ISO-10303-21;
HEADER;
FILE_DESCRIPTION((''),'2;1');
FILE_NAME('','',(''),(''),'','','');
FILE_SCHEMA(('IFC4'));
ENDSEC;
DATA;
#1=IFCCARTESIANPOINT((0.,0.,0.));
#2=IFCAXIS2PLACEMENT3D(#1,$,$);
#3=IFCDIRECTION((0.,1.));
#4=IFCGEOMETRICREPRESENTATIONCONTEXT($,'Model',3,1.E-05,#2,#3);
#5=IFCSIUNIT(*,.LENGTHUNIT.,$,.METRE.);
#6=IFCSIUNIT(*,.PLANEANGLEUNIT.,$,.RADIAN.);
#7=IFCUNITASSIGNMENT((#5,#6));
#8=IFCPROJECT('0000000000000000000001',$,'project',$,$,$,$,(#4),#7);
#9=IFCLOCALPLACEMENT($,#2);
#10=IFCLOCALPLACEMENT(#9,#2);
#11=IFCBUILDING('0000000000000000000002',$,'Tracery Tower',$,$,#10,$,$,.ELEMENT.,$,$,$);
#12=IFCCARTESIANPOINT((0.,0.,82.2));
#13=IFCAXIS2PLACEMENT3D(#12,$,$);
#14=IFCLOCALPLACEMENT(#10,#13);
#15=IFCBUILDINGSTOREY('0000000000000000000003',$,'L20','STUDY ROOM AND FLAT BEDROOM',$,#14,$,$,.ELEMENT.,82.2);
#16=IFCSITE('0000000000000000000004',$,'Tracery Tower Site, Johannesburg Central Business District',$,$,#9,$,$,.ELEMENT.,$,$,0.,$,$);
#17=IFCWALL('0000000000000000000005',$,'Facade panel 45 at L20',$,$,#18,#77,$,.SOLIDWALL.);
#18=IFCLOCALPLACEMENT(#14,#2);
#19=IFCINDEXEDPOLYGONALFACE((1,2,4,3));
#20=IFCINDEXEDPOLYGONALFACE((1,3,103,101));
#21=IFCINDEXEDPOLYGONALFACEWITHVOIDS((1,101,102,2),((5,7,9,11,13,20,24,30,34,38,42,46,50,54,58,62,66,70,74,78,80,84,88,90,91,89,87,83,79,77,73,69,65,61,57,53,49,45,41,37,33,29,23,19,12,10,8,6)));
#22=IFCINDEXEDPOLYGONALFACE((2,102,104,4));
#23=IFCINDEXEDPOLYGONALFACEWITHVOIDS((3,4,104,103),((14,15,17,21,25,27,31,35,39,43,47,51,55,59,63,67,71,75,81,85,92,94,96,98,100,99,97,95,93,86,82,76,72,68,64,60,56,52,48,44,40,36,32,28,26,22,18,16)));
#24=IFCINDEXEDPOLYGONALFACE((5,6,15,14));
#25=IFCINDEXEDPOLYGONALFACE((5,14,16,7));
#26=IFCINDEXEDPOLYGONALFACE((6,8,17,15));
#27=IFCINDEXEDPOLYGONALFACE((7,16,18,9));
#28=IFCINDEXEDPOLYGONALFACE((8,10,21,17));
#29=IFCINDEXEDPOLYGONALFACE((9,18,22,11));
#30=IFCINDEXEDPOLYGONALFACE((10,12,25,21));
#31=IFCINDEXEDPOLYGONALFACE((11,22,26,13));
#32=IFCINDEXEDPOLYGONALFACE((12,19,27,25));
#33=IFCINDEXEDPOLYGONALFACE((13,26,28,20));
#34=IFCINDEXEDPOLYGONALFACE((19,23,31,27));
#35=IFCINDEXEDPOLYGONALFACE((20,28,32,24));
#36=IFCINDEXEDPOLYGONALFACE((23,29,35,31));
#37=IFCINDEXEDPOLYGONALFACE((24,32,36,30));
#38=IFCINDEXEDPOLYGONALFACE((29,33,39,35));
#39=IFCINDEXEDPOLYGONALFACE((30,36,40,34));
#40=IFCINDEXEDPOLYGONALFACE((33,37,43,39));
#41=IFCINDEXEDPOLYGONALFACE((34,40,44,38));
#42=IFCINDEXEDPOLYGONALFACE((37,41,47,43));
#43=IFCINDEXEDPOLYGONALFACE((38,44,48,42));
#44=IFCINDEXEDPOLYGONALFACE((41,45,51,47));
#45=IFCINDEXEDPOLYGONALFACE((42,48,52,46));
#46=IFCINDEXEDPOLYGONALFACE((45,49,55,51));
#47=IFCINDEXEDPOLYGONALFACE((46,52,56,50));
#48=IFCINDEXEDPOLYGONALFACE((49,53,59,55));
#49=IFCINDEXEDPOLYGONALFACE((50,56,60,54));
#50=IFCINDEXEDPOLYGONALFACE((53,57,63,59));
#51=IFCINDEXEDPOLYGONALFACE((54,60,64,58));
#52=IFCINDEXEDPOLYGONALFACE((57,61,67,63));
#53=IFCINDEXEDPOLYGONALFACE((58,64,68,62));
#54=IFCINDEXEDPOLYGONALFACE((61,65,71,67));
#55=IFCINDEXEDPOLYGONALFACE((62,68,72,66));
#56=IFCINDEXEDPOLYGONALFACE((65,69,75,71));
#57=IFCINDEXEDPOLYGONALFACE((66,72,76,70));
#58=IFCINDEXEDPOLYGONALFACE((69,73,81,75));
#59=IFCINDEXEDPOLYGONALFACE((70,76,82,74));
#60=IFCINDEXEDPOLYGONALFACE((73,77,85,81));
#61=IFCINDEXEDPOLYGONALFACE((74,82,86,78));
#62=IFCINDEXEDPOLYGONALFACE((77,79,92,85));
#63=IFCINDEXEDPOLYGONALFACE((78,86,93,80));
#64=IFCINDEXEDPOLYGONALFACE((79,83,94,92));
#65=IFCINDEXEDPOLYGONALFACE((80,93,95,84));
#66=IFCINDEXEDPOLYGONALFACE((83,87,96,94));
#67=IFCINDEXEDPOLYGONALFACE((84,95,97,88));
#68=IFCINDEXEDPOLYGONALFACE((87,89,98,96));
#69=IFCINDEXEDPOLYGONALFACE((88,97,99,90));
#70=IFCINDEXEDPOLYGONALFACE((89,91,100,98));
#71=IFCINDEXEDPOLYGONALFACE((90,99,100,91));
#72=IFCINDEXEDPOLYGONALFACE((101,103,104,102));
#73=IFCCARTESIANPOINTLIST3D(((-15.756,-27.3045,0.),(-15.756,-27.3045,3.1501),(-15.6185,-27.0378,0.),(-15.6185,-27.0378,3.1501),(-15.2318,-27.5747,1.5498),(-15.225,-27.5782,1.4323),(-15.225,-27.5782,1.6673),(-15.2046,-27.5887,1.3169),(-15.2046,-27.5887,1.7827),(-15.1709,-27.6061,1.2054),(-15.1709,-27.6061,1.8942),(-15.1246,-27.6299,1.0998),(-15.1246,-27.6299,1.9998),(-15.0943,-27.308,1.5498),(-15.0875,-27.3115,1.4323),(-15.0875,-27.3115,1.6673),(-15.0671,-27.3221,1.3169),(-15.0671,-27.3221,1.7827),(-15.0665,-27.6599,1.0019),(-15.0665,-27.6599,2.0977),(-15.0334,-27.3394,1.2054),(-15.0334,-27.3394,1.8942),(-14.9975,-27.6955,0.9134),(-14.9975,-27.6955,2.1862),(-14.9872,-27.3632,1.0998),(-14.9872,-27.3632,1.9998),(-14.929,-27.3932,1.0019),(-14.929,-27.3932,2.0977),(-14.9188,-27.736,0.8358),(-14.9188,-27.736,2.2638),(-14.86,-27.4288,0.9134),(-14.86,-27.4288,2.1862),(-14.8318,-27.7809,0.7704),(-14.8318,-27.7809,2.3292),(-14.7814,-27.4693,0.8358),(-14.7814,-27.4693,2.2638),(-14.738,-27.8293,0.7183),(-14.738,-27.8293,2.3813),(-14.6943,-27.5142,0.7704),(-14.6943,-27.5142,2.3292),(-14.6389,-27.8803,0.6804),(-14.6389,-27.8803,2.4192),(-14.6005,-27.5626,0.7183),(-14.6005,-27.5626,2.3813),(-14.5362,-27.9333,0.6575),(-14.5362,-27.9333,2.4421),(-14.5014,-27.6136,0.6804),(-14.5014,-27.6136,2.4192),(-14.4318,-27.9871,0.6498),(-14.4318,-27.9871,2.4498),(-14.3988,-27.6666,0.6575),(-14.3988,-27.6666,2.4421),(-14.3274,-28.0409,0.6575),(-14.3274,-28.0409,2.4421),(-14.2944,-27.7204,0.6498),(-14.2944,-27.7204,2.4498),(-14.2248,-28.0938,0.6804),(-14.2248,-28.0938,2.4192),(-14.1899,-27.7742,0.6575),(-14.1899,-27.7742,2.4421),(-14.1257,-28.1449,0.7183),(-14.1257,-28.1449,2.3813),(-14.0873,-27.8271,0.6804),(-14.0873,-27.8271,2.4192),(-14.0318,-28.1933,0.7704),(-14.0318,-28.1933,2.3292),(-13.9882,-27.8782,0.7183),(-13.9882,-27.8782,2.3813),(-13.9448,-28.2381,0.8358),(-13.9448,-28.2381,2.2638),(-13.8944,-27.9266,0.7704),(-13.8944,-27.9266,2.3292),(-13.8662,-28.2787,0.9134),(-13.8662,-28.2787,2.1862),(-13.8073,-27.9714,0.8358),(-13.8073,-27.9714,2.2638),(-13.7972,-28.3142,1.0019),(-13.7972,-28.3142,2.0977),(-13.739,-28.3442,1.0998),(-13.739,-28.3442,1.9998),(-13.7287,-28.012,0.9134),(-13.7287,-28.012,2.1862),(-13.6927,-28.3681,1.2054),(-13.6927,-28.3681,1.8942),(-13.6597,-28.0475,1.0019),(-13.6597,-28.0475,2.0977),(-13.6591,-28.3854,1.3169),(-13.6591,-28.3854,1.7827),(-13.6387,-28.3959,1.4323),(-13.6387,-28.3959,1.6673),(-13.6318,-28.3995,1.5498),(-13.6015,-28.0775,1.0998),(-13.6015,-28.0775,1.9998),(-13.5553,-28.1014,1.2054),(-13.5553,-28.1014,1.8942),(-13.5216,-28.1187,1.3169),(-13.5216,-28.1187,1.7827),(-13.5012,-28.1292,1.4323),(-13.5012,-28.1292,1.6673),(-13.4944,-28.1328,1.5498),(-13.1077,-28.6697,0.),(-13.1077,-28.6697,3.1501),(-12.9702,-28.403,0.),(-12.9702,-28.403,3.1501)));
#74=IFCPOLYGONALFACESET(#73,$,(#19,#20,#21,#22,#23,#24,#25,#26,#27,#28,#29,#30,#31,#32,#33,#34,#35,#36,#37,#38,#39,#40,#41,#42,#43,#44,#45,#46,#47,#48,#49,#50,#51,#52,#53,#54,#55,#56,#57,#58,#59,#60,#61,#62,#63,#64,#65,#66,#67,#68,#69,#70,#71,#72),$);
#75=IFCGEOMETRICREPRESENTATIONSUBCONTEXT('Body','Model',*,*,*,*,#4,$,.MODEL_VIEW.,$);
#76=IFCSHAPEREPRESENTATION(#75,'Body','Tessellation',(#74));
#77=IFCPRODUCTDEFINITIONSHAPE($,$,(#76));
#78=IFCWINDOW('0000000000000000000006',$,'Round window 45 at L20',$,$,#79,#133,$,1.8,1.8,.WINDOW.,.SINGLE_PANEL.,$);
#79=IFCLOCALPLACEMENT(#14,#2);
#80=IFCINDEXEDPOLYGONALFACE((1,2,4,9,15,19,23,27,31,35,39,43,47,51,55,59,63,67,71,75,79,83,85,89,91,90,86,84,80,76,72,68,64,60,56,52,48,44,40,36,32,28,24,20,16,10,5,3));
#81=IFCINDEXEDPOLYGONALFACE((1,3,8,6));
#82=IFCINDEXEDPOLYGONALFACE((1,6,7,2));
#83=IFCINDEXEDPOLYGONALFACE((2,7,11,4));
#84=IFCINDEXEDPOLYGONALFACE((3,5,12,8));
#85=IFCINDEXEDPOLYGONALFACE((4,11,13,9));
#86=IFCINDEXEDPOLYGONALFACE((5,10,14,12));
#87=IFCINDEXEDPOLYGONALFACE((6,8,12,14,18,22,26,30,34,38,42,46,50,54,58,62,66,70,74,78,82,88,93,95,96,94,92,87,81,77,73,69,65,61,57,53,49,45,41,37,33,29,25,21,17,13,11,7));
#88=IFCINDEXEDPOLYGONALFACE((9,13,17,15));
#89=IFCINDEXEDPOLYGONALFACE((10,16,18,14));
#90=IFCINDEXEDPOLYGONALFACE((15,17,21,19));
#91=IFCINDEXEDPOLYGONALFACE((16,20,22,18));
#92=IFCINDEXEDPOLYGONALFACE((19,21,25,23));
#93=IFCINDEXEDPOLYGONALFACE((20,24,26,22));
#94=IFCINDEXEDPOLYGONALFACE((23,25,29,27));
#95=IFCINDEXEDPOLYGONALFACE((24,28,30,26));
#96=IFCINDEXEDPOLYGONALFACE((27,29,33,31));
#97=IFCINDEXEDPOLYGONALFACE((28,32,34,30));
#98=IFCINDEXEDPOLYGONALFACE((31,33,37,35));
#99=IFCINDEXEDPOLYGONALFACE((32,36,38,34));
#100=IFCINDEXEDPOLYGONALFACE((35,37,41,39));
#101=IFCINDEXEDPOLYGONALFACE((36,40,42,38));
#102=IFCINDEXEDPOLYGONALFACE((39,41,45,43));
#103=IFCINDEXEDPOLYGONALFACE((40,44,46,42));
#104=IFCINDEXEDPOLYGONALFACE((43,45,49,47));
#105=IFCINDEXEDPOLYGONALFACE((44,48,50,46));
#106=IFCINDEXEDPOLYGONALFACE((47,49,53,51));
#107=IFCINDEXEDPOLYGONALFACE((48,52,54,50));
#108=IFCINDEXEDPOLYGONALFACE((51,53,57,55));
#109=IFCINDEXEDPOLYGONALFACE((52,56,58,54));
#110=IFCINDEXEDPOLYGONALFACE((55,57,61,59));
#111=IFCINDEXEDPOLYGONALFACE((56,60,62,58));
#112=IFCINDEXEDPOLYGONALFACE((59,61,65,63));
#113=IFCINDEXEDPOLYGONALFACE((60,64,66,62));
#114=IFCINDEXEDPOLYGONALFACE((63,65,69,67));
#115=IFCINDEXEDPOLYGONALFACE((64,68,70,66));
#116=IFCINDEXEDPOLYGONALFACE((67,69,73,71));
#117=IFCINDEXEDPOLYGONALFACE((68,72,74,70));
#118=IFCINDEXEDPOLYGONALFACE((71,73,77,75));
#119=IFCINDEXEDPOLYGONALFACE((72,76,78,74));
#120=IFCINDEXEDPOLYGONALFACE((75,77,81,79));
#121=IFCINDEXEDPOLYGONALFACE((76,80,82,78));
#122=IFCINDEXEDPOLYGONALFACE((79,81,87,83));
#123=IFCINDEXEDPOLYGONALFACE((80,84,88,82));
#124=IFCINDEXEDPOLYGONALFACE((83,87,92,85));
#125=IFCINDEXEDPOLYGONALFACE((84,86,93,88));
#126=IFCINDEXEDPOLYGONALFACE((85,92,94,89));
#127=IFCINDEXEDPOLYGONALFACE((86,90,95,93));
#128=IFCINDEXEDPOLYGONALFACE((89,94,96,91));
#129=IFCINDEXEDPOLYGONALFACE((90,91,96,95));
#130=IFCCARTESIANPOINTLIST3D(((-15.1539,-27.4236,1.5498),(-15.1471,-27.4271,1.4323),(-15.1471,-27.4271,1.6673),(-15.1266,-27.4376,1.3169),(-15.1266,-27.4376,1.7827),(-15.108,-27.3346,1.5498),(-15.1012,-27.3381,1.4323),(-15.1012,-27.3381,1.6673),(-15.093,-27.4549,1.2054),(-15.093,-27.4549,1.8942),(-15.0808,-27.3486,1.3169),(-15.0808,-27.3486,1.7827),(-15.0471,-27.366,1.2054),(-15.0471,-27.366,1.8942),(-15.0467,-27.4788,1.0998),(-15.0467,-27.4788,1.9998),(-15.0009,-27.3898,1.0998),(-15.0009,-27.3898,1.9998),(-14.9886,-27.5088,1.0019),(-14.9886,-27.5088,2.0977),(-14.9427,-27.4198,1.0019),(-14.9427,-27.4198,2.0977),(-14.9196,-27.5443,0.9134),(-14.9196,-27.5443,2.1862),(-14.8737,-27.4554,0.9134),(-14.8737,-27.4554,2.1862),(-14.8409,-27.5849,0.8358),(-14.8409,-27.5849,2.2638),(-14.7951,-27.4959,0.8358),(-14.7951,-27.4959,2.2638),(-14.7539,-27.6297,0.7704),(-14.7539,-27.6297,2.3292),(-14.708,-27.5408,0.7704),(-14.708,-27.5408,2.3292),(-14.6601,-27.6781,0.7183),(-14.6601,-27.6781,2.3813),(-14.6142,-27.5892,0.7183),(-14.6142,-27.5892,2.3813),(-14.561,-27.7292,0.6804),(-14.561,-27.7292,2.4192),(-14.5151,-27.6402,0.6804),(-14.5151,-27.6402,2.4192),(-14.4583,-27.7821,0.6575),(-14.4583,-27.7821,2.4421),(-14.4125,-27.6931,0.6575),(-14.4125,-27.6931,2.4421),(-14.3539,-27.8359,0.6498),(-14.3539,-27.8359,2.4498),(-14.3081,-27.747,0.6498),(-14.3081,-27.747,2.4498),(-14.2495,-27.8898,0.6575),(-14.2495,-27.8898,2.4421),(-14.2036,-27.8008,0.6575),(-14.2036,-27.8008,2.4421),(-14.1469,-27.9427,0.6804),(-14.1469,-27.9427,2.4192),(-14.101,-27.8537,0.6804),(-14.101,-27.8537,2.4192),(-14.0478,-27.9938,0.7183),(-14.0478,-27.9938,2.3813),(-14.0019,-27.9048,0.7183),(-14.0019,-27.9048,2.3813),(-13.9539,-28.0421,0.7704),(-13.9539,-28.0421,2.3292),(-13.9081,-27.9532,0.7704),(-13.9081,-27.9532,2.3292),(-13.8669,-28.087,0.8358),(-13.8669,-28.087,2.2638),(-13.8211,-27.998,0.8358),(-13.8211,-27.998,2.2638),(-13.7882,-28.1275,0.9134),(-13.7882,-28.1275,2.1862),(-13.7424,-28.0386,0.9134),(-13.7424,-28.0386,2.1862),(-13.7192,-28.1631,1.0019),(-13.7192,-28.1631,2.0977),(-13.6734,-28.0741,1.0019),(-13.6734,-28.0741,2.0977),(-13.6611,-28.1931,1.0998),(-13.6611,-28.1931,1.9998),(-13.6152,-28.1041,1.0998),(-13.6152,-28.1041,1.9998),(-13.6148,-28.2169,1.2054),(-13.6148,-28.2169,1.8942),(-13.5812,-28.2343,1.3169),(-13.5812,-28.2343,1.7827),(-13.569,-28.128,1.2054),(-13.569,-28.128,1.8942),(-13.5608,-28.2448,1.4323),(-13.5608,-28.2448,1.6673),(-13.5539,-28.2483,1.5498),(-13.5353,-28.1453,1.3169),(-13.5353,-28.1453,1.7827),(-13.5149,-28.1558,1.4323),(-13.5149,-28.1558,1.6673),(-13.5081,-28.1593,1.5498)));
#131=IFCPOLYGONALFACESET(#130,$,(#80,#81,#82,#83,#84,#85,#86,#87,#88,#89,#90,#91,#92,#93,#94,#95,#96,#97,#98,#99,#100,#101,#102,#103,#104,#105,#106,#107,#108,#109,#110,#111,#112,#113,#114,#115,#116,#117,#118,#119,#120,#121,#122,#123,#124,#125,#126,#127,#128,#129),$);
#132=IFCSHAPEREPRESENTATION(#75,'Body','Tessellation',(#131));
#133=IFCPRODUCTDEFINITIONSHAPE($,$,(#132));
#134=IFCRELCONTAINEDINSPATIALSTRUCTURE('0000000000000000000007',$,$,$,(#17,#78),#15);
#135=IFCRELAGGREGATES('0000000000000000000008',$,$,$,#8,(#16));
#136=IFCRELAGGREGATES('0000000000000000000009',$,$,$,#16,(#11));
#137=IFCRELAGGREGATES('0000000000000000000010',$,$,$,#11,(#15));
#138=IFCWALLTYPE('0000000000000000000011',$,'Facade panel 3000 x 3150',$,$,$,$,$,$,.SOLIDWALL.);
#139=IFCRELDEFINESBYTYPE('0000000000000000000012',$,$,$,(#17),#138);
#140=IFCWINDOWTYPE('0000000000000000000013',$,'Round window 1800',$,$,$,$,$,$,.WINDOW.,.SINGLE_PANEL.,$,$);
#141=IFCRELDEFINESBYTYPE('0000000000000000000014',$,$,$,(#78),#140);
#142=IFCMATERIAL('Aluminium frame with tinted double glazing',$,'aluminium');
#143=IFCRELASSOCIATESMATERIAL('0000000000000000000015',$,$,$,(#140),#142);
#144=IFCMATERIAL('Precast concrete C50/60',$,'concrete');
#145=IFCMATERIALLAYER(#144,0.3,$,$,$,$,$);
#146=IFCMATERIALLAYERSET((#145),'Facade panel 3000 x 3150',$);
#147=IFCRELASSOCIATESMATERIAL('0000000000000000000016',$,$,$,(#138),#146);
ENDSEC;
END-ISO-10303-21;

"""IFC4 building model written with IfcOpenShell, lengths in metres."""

from ifc_helpers import new_model, si_unit, direction, frame, frame_2d, origin, origin_2d, place, context, subcontext, project, spatial, rectangle, circle, extrude, material, layer, layer_set, type_object, element, fill, save


model = new_model("IFC4")

# Units and contexts
model_context = context("Model", 3, precision=1e-05, world=origin(), true_north=direction((0.0, 1.0)))
body_context = subcontext(model_context, "Body", "Model", "MODEL_VIEW")
ifc_project = project(units=[si_unit("LENGTHUNIT", "METRE"), si_unit("PLANEANGLEUNIT", "RADIAN")], contexts=[model_context])

# Site, building, storey
site_placement = place(None, origin())
site = spatial("IfcSite", under=ifc_project, at=site_placement, Name="Tracery Tower Site, Johannesburg Central Business District", CompositionType="ELEMENT", RefElevation=0.0)
building_placement = place(site_placement, origin())
building = spatial("IfcBuilding", under=site, at=building_placement, Name="Tracery Tower", CompositionType="ELEMENT")
storey_placement = place(building_placement, frame((0.0, 0.0, 82.2)))
storey = spatial("IfcBuildingStorey", under=building, at=storey_placement, Name="L20", Description="STUDY ROOM AND FLAT BEDROOM", CompositionType="ELEMENT", Elevation=82.2)

# Wall, opening, window
ifc_material_1 = material(Name="Aluminium frame with tinted double glazing", Category="aluminium")
window_type = type_object("IfcWindowType", Name="Round window 1800", PartitioningType="SINGLE_PANEL", PredefinedType="WINDOW", material=ifc_material_1)
ifc_material_2 = material(Name="Precast concrete C50/60", Category="concrete")
ifc_layer_1 = layer(ifc_material_2, 0.3)
ifc_layer_set_1 = layer_set([ifc_layer_1], Name="Facade panel 3000 x 3150")
wall_type_1 = type_object("IfcWallType", Name="Facade panel 3000 x 3150", PredefinedType="SOLIDWALL", material=ifc_layer_set_1)
wall_1_placement = place(storey_placement, frame((-15.6873, -27.1711, 0.0), z_axis=(0.0, 0.0, 1.0), x_axis=(0.888853, -0.458192, 0.0)))
wall_1 = element("IfcWall", 1, at=wall_1_placement, inside=storey, type_object=wall_type_1, Name="Facade panel 45 at L20", PredefinedType="SOLIDWALL", context=body_context, shape_type="SweptSolid", body=[
    extrude(rectangle(XDim=2.9795, YDim=0.3, at=frame_2d((1.4897, 0.0))), origin(), (0.0, 0.0, 1.0), 3.1501),
])
opening_1_placement = place(wall_1_placement, frame((1.4897, 0.0, 1.5498)))
opening_1 = element("IfcOpeningElement", 2, at=opening_1_placement, cuts=wall_1, PredefinedType="OPENING", context=body_context, shape_type="SweptSolid", body=[
    extrude(circle(Radius=0.9, at=origin_2d()), frame((0.0, 0.1599, 0.0), z_axis=(0.0, -1.0, 0.0), x_axis=(1.0, 0.0, 0.0)), (0.0, 0.0, 1.0), 0.3201),
])
window_1_placement = place(opening_1_placement, origin())
window_1 = element("IfcWindow", 3, at=window_1_placement, inside=storey, type_object=window_type, Name="Round window 45 at L20", OverallHeight=1.8, OverallWidth=1.8, PartitioningType="SINGLE_PANEL", PredefinedType="WINDOW", context=body_context, shape_type="SweptSolid", body=[
    extrude(circle(Radius=0.9, at=origin_2d()), frame((0.0, 0.1201, 0.0), z_axis=(0.0, -1.0, 0.0), x_axis=(1.0, 0.0, 0.0)), (0.0, 0.0, 1.0), 0.1001),
])
fill(opening_1, window_1)

save(model, "model.ifc")
